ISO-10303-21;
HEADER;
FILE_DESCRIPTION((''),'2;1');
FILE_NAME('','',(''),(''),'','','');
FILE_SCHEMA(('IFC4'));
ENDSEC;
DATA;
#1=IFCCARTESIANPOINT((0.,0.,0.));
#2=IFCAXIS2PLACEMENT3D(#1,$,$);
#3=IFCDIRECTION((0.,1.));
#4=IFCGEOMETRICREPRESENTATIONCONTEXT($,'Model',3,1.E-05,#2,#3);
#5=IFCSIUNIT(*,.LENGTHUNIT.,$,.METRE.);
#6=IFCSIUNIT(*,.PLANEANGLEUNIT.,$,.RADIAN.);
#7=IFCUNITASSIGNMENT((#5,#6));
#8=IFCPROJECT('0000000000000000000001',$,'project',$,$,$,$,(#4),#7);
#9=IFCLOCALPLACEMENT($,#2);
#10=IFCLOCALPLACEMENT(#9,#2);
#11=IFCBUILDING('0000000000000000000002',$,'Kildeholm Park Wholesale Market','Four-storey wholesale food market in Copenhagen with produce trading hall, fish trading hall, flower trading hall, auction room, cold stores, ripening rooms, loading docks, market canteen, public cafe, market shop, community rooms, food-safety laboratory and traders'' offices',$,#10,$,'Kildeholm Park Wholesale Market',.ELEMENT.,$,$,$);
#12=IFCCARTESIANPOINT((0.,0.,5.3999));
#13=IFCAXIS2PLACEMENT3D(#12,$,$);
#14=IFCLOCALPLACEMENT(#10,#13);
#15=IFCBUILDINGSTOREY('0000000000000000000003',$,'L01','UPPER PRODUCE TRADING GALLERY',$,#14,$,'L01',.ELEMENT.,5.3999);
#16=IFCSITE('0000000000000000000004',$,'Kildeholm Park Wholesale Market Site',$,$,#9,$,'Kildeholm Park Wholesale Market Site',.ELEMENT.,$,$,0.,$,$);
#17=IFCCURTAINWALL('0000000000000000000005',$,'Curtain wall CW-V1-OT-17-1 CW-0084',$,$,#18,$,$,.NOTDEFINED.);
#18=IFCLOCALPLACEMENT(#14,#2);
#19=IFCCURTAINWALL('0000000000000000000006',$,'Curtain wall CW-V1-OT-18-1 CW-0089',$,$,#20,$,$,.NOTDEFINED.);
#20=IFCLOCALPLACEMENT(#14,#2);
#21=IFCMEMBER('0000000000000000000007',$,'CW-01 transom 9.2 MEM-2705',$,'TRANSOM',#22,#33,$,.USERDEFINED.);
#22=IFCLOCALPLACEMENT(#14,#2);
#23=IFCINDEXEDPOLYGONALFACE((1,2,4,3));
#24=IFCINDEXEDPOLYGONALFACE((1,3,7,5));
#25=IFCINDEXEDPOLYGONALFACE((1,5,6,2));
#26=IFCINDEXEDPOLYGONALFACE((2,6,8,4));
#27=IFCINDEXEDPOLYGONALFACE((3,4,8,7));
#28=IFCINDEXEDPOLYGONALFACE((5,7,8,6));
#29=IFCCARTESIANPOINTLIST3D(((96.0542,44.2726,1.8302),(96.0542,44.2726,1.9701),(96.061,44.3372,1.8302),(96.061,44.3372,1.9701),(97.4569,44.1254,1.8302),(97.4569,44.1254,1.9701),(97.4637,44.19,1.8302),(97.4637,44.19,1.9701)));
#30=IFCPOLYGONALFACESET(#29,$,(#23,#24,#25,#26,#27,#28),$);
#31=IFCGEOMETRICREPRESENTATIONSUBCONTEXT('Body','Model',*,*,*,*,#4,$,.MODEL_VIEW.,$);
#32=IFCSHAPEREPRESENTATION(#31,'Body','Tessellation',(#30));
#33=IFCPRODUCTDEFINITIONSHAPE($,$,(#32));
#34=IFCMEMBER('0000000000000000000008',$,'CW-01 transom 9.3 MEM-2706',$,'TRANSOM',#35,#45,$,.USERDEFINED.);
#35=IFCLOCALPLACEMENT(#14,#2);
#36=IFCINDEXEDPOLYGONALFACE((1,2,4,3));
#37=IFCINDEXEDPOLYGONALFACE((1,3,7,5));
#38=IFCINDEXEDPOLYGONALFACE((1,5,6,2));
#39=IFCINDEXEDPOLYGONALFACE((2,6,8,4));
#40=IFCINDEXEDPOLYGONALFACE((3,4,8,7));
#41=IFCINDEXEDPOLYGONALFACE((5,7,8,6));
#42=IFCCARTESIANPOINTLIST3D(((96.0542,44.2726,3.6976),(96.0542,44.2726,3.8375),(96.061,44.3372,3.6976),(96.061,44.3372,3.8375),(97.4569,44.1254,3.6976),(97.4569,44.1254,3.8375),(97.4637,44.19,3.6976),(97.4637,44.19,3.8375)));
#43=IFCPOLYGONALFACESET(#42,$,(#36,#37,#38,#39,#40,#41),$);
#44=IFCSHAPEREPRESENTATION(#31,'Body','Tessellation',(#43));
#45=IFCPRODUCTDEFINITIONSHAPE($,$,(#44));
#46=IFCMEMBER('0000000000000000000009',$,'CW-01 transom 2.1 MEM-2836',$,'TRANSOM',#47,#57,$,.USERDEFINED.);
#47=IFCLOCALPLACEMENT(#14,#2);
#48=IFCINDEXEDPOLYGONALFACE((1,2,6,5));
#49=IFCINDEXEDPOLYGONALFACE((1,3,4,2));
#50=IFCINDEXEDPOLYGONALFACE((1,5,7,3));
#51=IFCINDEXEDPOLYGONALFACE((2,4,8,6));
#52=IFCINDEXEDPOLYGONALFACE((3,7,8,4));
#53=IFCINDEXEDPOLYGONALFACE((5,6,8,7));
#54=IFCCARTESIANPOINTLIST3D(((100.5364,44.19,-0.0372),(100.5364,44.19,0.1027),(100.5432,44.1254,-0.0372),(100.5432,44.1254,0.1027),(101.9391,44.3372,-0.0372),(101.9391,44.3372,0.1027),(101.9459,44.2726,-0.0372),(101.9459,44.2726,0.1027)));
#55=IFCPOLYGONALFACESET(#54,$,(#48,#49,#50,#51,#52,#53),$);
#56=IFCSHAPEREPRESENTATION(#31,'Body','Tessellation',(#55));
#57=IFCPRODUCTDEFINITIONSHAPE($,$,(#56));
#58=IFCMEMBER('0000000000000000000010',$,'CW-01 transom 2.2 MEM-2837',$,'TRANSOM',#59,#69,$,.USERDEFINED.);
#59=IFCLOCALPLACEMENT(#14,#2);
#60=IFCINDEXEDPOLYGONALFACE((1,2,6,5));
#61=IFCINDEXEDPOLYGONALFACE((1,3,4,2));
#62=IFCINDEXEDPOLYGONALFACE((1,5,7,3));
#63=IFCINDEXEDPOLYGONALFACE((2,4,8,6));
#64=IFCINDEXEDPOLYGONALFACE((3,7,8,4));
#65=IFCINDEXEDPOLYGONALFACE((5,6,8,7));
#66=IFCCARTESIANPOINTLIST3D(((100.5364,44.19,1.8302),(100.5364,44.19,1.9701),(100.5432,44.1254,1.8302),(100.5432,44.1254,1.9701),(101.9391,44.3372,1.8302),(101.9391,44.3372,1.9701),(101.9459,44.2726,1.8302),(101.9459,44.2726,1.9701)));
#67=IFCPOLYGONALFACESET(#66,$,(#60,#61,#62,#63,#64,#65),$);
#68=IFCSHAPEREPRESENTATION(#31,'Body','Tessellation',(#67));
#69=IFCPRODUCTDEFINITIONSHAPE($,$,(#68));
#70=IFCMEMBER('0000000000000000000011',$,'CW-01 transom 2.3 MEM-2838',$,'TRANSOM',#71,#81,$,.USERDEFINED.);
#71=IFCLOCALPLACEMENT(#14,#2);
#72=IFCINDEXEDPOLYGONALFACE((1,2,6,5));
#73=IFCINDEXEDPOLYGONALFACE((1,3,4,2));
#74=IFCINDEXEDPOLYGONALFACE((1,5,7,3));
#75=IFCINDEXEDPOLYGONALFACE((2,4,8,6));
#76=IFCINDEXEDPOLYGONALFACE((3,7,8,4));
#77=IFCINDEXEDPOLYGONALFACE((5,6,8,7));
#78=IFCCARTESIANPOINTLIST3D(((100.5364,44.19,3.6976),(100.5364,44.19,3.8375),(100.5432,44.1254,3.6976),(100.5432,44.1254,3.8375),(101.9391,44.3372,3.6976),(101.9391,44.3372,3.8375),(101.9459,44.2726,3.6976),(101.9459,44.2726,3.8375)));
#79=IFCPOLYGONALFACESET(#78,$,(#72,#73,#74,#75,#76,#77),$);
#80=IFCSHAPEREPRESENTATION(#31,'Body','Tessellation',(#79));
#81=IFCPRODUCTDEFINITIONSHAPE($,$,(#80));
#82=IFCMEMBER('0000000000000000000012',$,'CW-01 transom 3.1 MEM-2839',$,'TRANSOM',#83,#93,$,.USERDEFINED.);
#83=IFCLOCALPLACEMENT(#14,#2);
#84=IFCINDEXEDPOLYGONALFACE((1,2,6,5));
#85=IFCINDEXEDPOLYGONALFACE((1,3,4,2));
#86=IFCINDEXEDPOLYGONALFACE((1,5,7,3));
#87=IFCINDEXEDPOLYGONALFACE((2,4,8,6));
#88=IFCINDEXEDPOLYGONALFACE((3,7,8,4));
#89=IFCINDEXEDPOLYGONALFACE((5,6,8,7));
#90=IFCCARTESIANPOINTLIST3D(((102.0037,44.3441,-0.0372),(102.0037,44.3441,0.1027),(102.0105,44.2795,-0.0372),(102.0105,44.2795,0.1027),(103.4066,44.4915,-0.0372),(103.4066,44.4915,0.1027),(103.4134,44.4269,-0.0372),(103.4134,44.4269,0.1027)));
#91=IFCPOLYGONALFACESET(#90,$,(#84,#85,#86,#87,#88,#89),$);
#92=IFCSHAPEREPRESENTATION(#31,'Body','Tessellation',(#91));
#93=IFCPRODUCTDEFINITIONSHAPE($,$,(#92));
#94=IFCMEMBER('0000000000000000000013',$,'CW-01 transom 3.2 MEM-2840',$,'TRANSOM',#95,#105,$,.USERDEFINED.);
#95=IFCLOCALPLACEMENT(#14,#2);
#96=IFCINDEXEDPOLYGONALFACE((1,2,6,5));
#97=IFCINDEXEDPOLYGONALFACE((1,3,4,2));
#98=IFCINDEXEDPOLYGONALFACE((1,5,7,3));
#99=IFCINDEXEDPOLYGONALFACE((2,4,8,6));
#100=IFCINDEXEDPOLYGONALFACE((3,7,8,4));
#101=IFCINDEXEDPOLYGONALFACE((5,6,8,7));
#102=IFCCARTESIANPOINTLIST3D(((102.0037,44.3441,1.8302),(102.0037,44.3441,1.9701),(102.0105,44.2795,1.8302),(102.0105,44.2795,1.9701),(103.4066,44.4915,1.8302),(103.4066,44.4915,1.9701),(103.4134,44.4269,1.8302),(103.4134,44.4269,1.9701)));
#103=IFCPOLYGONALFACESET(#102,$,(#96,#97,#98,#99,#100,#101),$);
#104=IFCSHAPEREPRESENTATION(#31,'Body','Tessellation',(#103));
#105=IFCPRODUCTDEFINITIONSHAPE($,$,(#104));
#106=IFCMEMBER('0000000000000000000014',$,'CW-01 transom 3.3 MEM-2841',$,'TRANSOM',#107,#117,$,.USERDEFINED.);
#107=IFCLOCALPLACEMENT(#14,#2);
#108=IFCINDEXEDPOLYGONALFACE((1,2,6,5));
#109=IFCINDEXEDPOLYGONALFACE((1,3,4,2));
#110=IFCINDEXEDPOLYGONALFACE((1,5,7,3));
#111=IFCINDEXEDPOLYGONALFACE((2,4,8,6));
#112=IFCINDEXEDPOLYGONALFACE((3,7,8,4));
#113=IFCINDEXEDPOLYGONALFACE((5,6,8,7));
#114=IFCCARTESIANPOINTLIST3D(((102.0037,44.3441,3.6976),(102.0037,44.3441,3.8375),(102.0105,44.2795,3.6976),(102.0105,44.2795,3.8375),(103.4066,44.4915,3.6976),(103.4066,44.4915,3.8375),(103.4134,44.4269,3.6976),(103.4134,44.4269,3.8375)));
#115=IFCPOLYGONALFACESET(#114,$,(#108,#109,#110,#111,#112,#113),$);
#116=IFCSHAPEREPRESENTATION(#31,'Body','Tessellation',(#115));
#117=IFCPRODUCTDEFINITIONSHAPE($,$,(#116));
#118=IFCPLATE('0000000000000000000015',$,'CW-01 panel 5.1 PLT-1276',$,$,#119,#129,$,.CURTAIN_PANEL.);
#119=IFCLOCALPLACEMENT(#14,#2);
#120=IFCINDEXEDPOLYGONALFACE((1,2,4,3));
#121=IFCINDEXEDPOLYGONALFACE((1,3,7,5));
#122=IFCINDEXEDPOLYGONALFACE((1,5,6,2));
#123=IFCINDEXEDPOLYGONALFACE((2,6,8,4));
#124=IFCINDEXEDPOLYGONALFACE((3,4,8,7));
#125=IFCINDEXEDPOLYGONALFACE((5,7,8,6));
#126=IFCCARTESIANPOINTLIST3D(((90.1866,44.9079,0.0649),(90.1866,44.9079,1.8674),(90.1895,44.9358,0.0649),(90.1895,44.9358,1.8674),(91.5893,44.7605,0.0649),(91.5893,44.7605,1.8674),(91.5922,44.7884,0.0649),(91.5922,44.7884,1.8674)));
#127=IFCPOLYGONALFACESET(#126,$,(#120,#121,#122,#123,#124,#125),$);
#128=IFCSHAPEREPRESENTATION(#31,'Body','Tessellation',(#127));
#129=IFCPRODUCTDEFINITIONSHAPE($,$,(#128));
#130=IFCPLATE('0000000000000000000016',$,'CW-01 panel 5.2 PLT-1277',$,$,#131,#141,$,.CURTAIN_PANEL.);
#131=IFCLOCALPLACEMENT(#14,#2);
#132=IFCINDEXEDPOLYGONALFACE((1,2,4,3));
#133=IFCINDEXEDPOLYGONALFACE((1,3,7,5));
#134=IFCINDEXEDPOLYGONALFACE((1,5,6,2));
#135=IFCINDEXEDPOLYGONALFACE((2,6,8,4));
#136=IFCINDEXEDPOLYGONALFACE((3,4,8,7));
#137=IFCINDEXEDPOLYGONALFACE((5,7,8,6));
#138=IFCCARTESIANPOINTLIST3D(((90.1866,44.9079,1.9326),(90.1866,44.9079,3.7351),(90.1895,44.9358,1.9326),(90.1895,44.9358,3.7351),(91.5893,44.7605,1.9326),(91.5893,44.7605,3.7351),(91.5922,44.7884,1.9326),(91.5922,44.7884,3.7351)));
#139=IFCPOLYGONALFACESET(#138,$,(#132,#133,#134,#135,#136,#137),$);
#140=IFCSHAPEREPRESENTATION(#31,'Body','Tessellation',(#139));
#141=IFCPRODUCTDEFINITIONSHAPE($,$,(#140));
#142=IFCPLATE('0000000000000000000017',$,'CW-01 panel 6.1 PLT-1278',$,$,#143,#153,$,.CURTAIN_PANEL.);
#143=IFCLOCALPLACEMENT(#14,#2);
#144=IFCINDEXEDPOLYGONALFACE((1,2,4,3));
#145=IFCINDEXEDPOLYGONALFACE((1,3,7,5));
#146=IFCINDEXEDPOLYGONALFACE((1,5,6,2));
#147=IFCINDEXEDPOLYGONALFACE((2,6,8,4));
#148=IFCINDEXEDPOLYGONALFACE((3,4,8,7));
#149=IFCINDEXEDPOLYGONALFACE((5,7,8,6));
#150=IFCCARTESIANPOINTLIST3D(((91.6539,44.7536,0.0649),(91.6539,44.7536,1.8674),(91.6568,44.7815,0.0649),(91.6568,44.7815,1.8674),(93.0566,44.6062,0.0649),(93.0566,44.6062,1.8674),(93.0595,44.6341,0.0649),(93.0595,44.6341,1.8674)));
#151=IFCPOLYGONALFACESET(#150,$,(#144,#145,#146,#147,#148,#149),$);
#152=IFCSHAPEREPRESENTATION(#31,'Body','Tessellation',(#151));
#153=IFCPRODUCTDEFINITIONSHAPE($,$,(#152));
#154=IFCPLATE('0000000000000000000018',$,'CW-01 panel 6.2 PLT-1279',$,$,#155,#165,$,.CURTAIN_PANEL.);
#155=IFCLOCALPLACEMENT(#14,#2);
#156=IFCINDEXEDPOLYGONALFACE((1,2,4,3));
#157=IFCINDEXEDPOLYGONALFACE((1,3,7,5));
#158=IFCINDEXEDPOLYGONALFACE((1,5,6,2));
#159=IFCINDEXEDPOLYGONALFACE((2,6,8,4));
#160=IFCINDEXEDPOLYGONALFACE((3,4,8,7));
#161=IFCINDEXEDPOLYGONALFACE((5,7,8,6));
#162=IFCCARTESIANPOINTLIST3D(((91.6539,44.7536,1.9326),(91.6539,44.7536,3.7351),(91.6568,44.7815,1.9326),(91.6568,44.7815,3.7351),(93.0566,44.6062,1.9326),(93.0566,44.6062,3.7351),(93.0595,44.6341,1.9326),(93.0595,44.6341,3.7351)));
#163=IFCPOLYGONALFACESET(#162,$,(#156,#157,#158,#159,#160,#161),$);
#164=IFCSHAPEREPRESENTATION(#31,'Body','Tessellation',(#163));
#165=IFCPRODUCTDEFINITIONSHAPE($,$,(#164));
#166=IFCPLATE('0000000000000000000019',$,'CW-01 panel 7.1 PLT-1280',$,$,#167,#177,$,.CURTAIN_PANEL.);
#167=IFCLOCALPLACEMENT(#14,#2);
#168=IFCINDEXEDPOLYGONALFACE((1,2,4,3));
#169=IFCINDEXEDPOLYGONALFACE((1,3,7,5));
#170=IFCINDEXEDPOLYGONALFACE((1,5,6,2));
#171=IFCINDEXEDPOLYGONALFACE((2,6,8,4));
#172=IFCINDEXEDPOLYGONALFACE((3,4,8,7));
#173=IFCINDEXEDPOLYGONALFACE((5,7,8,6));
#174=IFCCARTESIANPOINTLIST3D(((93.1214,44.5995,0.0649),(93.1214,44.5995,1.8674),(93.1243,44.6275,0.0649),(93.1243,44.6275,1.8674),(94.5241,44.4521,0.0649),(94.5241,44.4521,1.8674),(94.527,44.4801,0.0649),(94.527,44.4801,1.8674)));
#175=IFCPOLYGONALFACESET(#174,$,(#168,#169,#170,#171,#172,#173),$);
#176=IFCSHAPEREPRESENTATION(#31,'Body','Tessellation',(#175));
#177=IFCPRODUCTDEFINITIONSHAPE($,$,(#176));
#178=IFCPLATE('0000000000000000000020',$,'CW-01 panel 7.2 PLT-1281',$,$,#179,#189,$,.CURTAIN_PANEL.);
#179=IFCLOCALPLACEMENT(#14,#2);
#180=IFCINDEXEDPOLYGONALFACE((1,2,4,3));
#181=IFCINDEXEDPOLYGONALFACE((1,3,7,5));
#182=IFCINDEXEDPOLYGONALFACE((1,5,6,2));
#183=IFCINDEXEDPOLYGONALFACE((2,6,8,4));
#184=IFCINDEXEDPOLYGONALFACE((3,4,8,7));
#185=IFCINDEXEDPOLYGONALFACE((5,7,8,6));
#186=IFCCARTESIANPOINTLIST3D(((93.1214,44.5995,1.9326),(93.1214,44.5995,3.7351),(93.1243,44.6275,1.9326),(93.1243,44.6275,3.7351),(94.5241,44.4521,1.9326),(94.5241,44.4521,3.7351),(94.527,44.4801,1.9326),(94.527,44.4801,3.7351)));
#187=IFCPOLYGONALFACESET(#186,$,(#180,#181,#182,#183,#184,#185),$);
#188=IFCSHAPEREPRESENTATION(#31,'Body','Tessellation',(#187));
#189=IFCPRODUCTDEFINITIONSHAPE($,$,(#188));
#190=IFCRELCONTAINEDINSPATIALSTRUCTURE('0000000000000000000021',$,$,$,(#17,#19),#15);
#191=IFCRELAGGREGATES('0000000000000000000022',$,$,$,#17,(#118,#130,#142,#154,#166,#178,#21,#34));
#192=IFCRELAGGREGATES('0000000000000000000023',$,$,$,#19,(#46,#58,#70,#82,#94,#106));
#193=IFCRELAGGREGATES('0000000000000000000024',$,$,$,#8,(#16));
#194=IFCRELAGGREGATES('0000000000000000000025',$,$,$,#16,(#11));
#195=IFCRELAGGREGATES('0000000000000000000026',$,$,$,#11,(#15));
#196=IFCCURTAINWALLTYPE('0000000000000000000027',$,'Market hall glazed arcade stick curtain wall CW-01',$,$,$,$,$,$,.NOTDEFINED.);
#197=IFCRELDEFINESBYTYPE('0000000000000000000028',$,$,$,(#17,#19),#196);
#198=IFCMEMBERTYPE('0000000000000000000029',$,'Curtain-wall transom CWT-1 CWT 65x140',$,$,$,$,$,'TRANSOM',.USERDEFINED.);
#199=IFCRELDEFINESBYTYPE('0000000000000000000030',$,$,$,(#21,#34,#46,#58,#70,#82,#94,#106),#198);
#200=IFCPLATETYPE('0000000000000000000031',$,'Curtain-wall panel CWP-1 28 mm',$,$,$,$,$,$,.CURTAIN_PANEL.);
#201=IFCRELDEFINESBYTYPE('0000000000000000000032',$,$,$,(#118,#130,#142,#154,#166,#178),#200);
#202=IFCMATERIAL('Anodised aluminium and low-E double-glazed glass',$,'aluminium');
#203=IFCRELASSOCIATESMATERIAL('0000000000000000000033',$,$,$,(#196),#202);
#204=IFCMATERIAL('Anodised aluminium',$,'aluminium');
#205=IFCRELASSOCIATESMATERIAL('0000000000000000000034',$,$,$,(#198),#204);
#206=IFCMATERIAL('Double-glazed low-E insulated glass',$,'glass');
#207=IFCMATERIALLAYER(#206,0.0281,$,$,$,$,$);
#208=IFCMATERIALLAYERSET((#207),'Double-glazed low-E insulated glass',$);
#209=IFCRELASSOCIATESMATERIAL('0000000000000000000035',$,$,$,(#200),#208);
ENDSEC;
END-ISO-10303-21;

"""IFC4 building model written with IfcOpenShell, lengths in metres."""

from ifc_helpers import new_model, si_unit, direction, frame, origin, origin_2d, place, context, subcontext, project, spatial, rectangle, extrude, material, layer, layer_set, material_profile, profile_set, type_object, element, aggregate, save


model = new_model("IFC4")

# Units and contexts
model_context = context("Model", 3, precision=1e-05, world=origin(), true_north=direction((0.0, 1.0)))
body_context = subcontext(model_context, "Body", "Model", "MODEL_VIEW")
ifc_project = project(units=[si_unit("LENGTHUNIT", "METRE"), si_unit("PLANEANGLEUNIT", "RADIAN")], contexts=[model_context])

# Site, building, storey
site_placement = place(None, origin())
site = spatial("IfcSite", under=ifc_project, at=site_placement, Name="Kildeholm Park Wholesale Market Site", LongName="Kildeholm Park Wholesale Market Site", CompositionType="ELEMENT", RefElevation=0.0)
building_placement = place(site_placement, origin())
building = spatial("IfcBuilding", under=site, at=building_placement, Name="Kildeholm Park Wholesale Market", Description="Four-storey wholesale food market in Copenhagen with produce trading hall, fish trading hall, flower trading hall, auction room, cold stores, ripening rooms, loading docks, market canteen, public cafe, market shop, community rooms, food-safety laboratory and traders' offices", LongName="Kildeholm Park Wholesale Market", CompositionType="ELEMENT")
storey_placement = place(building_placement, frame((0.0, 0.0, 5.3999)))
storey = spatial("IfcBuildingStorey", under=building, at=storey_placement, Name="L01", Description="UPPER PRODUCE TRADING GALLERY", LongName="L01", CompositionType="ELEMENT", Elevation=5.3999)

# Curtain walls
ifc_material_1 = material(Name="Anodised aluminium and low-E double-glazed glass", Category="aluminium")
curtain_wall_type = type_object("IfcCurtainWallType", Name="Market hall glazed arcade stick curtain wall CW-01", PredefinedType="NOTDEFINED", material=ifc_material_1)
curtain_wall_1_placement = place(storey_placement, origin())
curtain_wall_1 = element("IfcCurtainWall", 1, at=curtain_wall_1_placement, inside=storey, type_object=curtain_wall_type, Name="Curtain wall CW-V1-OT-17-1 CW-0084", PredefinedType="NOTDEFINED")
ifc_material_2 = material(Name="Anodised aluminium", Category="aluminium")
curtain_wall_2_placement = place(storey_placement, origin())
curtain_wall_2 = element("IfcCurtainWall", 2, at=curtain_wall_2_placement, inside=storey, type_object=curtain_wall_type, Name="Curtain wall CW-V1-OT-18-1 CW-0089", PredefinedType="NOTDEFINED")

# Members
ifc_material_profile_1 = material_profile(ifc_material_2, rectangle(XDim=0.0649, YDim=0.1399, at=origin_2d()), Name="CWT 65x140")
ifc_profile_set_1 = profile_set([ifc_material_profile_1], Name="Anodised aluminium")
member_type_1 = type_object("IfcMemberType", Name="Curtain-wall transom CWT-1 CWT 65x140", ElementType="TRANSOM", PredefinedType="USERDEFINED", material=ifc_profile_set_1)
member_1_placement = place(storey_placement, frame((96.0576, 44.3049, 1.9001), z_axis=(0.994537, -0.104387, 0.0), x_axis=(0.104387, 0.994537, 0.0)))
member_1 = element("IfcMember", 3, at=member_1_placement, type_object=member_type_1, Name="CW-01 transom 9.2 MEM-2705", ObjectType="TRANSOM", PredefinedType="USERDEFINED", context=body_context, shape_type="SweptSolid", body=[
    extrude(rectangle(XDim=0.0649, YDim=0.1399, at=origin_2d()), origin(), (0.0, 0.0, 1.0), 1.4104),
])
member_2_placement = place(storey_placement, frame((96.0576, 44.3049, 3.7676), z_axis=(0.994537, -0.104387, 0.0), x_axis=(0.104387, 0.994537, 0.0)))
member_2 = element("IfcMember", 4, at=member_2_placement, type_object=member_type_1, Name="CW-01 transom 9.3 MEM-2706", ObjectType="TRANSOM", PredefinedType="USERDEFINED", context=body_context, shape_type="SweptSolid", body=[
    extrude(rectangle(XDim=0.0649, YDim=0.1399, at=origin_2d()), origin(), (0.0, 0.0, 1.0), 1.4104),
])
member_3_placement = place(storey_placement, frame((100.5398, 44.1577, 0.0327), z_axis=(0.994537, 0.104387, 0.0), x_axis=(-0.104387, 0.994537, 0.0)))
member_3 = element("IfcMember", 5, at=member_3_placement, type_object=member_type_1, Name="CW-01 transom 2.1 MEM-2836", ObjectType="TRANSOM", PredefinedType="USERDEFINED", context=body_context, shape_type="SweptSolid", body=[
    extrude(rectangle(XDim=0.0649, YDim=0.1399, at=origin_2d()), origin(), (0.0, 0.0, 1.0), 1.4104),
])
member_4_placement = place(storey_placement, frame((100.5398, 44.1577, 1.9001), z_axis=(0.994537, 0.104387, 0.0), x_axis=(-0.104387, 0.994537, 0.0)))
member_4 = element("IfcMember", 6, at=member_4_placement, type_object=member_type_1, Name="CW-01 transom 2.2 MEM-2837", ObjectType="TRANSOM", PredefinedType="USERDEFINED", context=body_context, shape_type="SweptSolid", body=[
    extrude(rectangle(XDim=0.0649, YDim=0.1399, at=origin_2d()), origin(), (0.0, 0.0, 1.0), 1.4104),
])
member_5_placement = place(storey_placement, frame((100.5398, 44.1577, 3.7676), z_axis=(0.994537, 0.104387, 0.0), x_axis=(-0.104387, 0.994537, 0.0)))
member_5 = element("IfcMember", 7, at=member_5_placement, type_object=member_type_1, Name="CW-01 transom 2.3 MEM-2838", ObjectType="TRANSOM", PredefinedType="USERDEFINED", context=body_context, shape_type="SweptSolid", body=[
    extrude(rectangle(XDim=0.0649, YDim=0.1399, at=origin_2d()), origin(), (0.0, 0.0, 1.0), 1.4104),
])
member_6_placement = place(storey_placement, frame((102.0071, 44.3118, 0.0327), z_axis=(0.994521, 0.104541, 0.0), x_axis=(-0.104541, 0.994521, 0.0)))
member_6 = element("IfcMember", 8, at=member_6_placement, type_object=member_type_1, Name="CW-01 transom 3.1 MEM-2839", ObjectType="TRANSOM", PredefinedType="USERDEFINED", context=body_context, shape_type="SweptSolid", body=[
    extrude(rectangle(XDim=0.0649, YDim=0.1399, at=origin_2d()), origin(), (0.0, 0.0, 1.0), 1.4106),
])
member_7_placement = place(storey_placement, frame((102.0071, 44.3118, 1.9001), z_axis=(0.994521, 0.104541, 0.0), x_axis=(-0.104541, 0.994521, 0.0)))
member_7 = element("IfcMember", 9, at=member_7_placement, type_object=member_type_1, Name="CW-01 transom 3.2 MEM-2840", ObjectType="TRANSOM", PredefinedType="USERDEFINED", context=body_context, shape_type="SweptSolid", body=[
    extrude(rectangle(XDim=0.0649, YDim=0.1399, at=origin_2d()), origin(), (0.0, 0.0, 1.0), 1.4106),
])
member_8_placement = place(storey_placement, frame((102.0071, 44.3118, 3.7676), z_axis=(0.994521, 0.104541, 0.0), x_axis=(-0.104541, 0.994521, 0.0)))
member_8 = element("IfcMember", 10, at=member_8_placement, type_object=member_type_1, Name="CW-01 transom 3.3 MEM-2841", ObjectType="TRANSOM", PredefinedType="USERDEFINED", context=body_context, shape_type="SweptSolid", body=[
    extrude(rectangle(XDim=0.0649, YDim=0.1399, at=origin_2d()), origin(), (0.0, 0.0, 1.0), 1.4106),
])

# Plates
ifc_material_3 = material(Name="Double-glazed low-E insulated glass", Category="glass")
ifc_layer = layer(ifc_material_3, 0.0281)
ifc_layer_set = layer_set([ifc_layer], Name="Double-glazed low-E insulated glass")
plate_type = type_object("IfcPlateType", Name="Curtain-wall panel CWP-1 28 mm", PredefinedType="CURTAIN_PANEL", material=ifc_layer_set)
plate_1_placement = place(storey_placement, frame((90.8894, 44.8481, 0.0649), z_axis=(0.0, 0.0, 1.0), x_axis=(0.994524, -0.104508, 0.0)))
plate_1 = element("IfcPlate", 11, at=plate_1_placement, type_object=plate_type, Name="CW-01 panel 5.1 PLT-1276", PredefinedType="CURTAIN_PANEL", context=body_context, shape_type="SweptSolid", body=[
    extrude(rectangle(XDim=1.4104, YDim=0.0281, at=origin_2d()), origin(), (0.0, 0.0, 1.0), 1.8025),
])
plate_2_placement = place(storey_placement, frame((90.8894, 44.8481, 1.9326), z_axis=(0.0, 0.0, 1.0), x_axis=(0.994524, -0.104508, 0.0)))
plate_2 = element("IfcPlate", 12, at=plate_2_placement, type_object=plate_type, Name="CW-01 panel 5.2 PLT-1277", PredefinedType="CURTAIN_PANEL", context=body_context, shape_type="SweptSolid", body=[
    extrude(rectangle(XDim=1.4104, YDim=0.0281, at=origin_2d()), origin(), (0.0, 0.0, 1.0), 1.8025),
])
plate_3_placement = place(storey_placement, frame((92.3567, 44.6938, 0.0649), z_axis=(0.0, 0.0, 1.0), x_axis=(0.994524, -0.104508, 0.0)))
plate_3 = element("IfcPlate", 13, at=plate_3_placement, type_object=plate_type, Name="CW-01 panel 6.1 PLT-1278", PredefinedType="CURTAIN_PANEL", context=body_context, shape_type="SweptSolid", body=[
    extrude(rectangle(XDim=1.4104, YDim=0.0281, at=origin_2d()), origin(), (0.0, 0.0, 1.0), 1.8025),
])
plate_4_placement = place(storey_placement, frame((92.3567, 44.6938, 1.9326), z_axis=(0.0, 0.0, 1.0), x_axis=(0.994524, -0.104508, 0.0)))
plate_4 = element("IfcPlate", 14, at=plate_4_placement, type_object=plate_type, Name="CW-01 panel 6.2 PLT-1279", PredefinedType="CURTAIN_PANEL", context=body_context, shape_type="SweptSolid", body=[
    extrude(rectangle(XDim=1.4104, YDim=0.0281, at=origin_2d()), origin(), (0.0, 0.0, 1.0), 1.8025),
])
plate_5_placement = place(storey_placement, frame((93.8242, 44.5398, 0.0649), z_axis=(0.0, 0.0, 1.0), x_axis=(0.994524, -0.104508, 0.0)))
plate_5 = element("IfcPlate", 15, at=plate_5_placement, type_object=plate_type, Name="CW-01 panel 7.1 PLT-1280", PredefinedType="CURTAIN_PANEL", context=body_context, shape_type="SweptSolid", body=[
    extrude(rectangle(XDim=1.4104, YDim=0.0281, at=origin_2d()), origin(), (0.0, 0.0, 1.0), 1.8025),
])
plate_6_placement = place(storey_placement, frame((93.8242, 44.5398, 1.9326), z_axis=(0.0, 0.0, 1.0), x_axis=(0.994524, -0.104508, 0.0)))
plate_6 = element("IfcPlate", 16, at=plate_6_placement, type_object=plate_type, Name="CW-01 panel 7.2 PLT-1281", PredefinedType="CURTAIN_PANEL", context=body_context, shape_type="SweptSolid", body=[
    extrude(rectangle(XDim=1.4104, YDim=0.0281, at=origin_2d()), origin(), (0.0, 0.0, 1.0), 1.8025),
])
aggregate(curtain_wall_1, [plate_1, plate_2, plate_3, plate_4, plate_5, plate_6, member_1, member_2])
aggregate(curtain_wall_2, [member_3, member_4, member_5, member_6, member_7, member_8])

save(model, "model.ifc")
